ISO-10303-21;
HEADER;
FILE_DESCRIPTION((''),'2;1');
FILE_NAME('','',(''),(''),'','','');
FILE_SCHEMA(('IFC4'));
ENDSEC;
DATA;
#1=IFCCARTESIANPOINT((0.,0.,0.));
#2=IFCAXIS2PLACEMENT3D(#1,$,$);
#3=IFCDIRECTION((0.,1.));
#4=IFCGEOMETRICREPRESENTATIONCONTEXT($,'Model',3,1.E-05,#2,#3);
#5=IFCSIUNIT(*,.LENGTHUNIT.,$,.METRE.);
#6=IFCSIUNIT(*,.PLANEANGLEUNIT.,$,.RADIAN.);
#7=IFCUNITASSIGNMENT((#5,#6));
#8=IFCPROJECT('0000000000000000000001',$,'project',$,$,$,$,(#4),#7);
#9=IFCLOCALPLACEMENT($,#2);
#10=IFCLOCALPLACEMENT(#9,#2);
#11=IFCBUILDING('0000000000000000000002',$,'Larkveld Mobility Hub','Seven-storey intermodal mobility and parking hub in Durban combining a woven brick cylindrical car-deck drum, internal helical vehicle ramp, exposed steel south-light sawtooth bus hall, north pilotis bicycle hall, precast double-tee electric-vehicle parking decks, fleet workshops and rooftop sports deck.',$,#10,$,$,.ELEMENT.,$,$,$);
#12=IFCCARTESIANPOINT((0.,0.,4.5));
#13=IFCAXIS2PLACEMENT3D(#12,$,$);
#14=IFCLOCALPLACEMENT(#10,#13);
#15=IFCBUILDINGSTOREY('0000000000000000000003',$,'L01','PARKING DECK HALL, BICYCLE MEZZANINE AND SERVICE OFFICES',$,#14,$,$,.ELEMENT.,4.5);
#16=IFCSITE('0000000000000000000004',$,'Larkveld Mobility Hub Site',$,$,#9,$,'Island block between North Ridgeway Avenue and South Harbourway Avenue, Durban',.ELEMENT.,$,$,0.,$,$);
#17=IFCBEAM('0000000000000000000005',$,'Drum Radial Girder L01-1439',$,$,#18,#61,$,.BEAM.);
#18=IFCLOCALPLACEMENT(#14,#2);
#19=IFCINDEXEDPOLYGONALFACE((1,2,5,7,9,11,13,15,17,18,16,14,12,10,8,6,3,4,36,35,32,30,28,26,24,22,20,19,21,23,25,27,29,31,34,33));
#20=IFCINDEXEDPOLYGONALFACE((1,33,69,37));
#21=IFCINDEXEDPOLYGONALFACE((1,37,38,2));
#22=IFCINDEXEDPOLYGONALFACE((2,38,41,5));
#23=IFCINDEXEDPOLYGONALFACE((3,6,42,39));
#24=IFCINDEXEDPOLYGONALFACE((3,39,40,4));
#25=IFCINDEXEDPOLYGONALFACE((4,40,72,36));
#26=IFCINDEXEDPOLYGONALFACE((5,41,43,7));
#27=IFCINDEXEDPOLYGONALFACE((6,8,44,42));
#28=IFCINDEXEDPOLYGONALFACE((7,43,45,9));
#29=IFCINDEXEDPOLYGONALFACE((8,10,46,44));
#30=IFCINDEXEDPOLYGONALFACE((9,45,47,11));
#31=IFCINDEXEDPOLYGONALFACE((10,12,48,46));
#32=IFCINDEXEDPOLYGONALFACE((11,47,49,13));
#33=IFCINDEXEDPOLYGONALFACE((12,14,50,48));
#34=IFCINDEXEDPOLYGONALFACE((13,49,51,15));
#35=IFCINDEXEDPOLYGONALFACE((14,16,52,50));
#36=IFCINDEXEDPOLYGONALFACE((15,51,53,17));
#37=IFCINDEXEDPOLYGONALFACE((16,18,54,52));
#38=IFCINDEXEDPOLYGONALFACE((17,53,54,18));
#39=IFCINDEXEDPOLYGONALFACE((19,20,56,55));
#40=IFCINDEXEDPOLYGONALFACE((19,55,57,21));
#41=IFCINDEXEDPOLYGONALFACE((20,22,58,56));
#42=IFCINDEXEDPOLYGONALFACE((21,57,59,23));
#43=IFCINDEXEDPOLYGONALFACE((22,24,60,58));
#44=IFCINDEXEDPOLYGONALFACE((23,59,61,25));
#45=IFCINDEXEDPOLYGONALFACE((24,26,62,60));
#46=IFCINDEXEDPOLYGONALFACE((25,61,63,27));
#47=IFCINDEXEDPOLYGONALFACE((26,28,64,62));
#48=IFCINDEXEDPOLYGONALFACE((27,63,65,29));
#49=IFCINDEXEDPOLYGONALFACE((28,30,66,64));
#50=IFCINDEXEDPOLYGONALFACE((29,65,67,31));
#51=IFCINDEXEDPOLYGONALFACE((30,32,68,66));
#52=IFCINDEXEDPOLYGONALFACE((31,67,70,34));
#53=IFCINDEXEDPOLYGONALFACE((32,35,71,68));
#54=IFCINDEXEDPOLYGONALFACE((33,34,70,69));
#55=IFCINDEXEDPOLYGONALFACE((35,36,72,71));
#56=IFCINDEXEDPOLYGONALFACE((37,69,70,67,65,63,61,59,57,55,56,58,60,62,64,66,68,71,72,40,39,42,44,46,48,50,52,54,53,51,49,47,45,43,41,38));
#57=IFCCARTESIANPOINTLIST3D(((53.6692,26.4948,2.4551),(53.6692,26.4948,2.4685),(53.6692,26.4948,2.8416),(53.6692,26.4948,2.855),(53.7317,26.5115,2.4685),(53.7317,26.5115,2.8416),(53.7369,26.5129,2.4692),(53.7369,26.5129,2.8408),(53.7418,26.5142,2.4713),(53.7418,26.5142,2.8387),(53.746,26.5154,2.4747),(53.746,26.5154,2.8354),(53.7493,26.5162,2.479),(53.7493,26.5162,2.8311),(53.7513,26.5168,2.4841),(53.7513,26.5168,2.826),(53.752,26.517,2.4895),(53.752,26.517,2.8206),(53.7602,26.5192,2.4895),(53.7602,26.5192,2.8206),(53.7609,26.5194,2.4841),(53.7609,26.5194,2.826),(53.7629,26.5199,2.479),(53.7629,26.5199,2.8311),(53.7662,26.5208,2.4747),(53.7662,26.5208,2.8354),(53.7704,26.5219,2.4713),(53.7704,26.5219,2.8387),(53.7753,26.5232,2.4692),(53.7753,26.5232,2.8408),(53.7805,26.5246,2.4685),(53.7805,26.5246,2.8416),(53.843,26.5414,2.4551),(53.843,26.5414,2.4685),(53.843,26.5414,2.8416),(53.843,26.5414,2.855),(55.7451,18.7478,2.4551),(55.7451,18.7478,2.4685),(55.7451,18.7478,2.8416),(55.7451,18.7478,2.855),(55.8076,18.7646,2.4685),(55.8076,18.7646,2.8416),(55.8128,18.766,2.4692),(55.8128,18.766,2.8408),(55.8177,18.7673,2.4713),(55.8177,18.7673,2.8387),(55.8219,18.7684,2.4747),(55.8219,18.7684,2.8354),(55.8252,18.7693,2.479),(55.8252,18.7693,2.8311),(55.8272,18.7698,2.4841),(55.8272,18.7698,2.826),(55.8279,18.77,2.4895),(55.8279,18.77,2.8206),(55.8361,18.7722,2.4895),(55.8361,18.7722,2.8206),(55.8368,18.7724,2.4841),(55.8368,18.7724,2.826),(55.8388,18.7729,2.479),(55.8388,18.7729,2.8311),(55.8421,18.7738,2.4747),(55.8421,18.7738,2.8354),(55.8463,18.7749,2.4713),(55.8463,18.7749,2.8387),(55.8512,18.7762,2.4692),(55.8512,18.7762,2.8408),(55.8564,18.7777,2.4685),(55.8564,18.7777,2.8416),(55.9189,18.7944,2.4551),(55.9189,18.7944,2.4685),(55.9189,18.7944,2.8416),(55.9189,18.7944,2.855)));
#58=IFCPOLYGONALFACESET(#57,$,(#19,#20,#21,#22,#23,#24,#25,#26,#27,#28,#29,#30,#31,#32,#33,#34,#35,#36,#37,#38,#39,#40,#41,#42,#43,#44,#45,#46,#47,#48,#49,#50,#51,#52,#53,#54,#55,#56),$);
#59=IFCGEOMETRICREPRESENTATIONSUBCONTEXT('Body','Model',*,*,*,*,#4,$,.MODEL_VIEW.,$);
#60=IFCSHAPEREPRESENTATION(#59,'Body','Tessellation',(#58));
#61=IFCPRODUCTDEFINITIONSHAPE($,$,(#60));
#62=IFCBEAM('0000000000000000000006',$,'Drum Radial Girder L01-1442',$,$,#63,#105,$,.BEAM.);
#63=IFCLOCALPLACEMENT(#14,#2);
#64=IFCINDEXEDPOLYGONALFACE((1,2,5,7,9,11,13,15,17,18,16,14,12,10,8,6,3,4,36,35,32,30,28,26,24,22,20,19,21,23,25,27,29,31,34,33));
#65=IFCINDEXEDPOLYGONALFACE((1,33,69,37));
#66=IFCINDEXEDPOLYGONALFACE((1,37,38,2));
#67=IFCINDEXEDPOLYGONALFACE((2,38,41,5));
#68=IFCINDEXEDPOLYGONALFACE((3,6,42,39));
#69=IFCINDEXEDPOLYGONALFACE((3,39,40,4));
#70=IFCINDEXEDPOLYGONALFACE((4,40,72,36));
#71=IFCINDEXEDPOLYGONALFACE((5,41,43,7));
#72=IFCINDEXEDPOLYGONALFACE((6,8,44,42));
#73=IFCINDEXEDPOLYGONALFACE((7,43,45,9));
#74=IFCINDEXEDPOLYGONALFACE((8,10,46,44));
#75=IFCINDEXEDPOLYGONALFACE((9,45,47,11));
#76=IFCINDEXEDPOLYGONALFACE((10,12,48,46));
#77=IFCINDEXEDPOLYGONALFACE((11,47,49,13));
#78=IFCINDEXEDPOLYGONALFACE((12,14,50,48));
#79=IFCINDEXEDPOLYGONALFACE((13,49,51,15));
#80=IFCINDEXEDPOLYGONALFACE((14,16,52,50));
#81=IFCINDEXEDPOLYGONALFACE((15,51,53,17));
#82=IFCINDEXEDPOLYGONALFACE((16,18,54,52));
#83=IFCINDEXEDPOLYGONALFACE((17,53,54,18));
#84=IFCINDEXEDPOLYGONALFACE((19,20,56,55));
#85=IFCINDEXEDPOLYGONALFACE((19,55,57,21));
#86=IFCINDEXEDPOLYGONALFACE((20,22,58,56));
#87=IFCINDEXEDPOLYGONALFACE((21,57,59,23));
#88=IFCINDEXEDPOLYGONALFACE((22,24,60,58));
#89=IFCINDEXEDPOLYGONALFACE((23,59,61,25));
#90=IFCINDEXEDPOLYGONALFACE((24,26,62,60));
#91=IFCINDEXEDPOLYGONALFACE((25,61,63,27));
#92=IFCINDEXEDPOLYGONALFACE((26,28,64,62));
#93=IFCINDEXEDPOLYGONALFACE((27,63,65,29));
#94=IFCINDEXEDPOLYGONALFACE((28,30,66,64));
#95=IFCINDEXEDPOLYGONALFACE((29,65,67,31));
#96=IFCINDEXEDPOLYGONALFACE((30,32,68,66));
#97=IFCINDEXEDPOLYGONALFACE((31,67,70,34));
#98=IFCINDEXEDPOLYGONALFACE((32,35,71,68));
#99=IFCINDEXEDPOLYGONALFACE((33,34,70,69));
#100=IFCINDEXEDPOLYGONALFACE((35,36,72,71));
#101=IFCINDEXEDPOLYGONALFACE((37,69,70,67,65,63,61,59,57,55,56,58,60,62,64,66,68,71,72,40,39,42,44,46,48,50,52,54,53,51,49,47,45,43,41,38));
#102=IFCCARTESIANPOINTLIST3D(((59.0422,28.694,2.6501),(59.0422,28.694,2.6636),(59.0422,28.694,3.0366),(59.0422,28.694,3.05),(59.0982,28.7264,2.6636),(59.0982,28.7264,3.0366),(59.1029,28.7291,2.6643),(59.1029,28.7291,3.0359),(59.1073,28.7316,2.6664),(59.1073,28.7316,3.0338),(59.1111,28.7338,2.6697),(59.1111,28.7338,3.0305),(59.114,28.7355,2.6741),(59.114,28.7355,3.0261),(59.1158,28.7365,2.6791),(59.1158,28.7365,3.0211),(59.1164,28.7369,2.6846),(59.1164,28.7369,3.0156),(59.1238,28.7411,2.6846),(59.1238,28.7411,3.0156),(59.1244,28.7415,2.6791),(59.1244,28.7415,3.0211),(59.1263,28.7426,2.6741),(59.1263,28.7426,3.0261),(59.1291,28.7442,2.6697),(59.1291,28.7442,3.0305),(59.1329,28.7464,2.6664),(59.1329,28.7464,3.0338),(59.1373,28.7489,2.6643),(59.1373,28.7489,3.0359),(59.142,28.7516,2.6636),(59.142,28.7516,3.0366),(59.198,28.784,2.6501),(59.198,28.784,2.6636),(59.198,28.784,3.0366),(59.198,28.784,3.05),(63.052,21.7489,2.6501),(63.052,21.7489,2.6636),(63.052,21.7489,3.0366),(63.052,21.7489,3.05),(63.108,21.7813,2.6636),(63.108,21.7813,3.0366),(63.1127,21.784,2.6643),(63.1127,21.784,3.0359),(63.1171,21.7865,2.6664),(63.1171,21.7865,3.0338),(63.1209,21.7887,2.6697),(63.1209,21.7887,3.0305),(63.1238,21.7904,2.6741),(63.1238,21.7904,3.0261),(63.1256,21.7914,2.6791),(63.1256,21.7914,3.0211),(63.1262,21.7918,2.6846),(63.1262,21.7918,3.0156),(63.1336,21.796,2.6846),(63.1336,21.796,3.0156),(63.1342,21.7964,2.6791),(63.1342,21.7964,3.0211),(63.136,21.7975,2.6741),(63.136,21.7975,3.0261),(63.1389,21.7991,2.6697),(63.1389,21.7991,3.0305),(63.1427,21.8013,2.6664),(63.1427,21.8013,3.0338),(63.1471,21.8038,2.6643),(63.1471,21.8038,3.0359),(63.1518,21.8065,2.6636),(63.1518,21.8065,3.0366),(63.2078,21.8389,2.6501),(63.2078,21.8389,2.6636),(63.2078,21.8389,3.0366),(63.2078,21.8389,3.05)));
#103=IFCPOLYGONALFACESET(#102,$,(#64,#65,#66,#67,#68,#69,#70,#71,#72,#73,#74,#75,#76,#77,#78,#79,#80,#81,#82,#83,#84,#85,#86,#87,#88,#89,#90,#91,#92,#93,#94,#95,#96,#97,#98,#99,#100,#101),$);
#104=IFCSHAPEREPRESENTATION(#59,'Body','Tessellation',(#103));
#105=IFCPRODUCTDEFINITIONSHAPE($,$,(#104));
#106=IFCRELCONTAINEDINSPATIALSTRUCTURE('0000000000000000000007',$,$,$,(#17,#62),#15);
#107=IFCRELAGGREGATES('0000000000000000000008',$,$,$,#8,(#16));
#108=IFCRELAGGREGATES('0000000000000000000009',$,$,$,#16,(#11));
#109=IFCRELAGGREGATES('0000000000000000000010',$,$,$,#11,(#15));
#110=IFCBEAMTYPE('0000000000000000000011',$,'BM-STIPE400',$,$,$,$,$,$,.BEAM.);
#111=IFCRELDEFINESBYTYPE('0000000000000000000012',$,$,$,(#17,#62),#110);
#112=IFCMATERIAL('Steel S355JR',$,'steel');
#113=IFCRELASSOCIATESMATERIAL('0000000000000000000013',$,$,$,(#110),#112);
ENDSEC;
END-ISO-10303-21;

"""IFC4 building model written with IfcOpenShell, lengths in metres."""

from ifc_helpers import new_model, si_unit, direction, frame, origin, origin_2d, place, context, subcontext, project, spatial, i_section, extrude, material, material_profile, profile_set, type_object, element, save


model = new_model("IFC4")

# Units and contexts
model_context = context("Model", 3, precision=1e-05, world=origin(), true_north=direction((0.0, 1.0)))
body_context = subcontext(model_context, "Body", "Model", "MODEL_VIEW")
ifc_project = project(units=[si_unit("LENGTHUNIT", "METRE"), si_unit("PLANEANGLEUNIT", "RADIAN")], contexts=[model_context])

# Site, building, storey
site_placement = place(None, origin())
site = spatial("IfcSite", under=ifc_project, at=site_placement, Name="Larkveld Mobility Hub Site", LongName="Island block between North Ridgeway Avenue and South Harbourway Avenue, Durban", CompositionType="ELEMENT", RefElevation=0.0)
building_placement = place(site_placement, origin())
building = spatial("IfcBuilding", under=site, at=building_placement, Name="Larkveld Mobility Hub", Description="Seven-storey intermodal mobility and parking hub in Durban combining a woven brick cylindrical car-deck drum, internal helical vehicle ramp, exposed steel south-light sawtooth bus hall, north pilotis bicycle hall, precast double-tee electric-vehicle parking decks, fleet workshops and rooftop sports deck.", CompositionType="ELEMENT")
storey_placement = place(building_placement, frame((0.0, 0.0, 4.5)))
storey = spatial("IfcBuildingStorey", under=building, at=storey_placement, Name="L01", Description="PARKING DECK HALL, BICYCLE MEZZANINE AND SERVICE OFFICES", CompositionType="ELEMENT", Elevation=4.5)

# Beams
ifc_material_1 = material(Name="Steel S355JR", Category="steel")
ifc_material_profile_1 = material_profile(ifc_material_1, i_section(OverallWidth=0.1799, OverallDepth=0.3999, WebThickness=0.0085, FlangeThickness=0.0134, FilletRadius=0.021, at=origin_2d()), Name="IPE 400")
ifc_profile_set_1 = profile_set([ifc_material_profile_1], Name="Steel S355JR")
beam_type_1 = type_object("IfcBeamType", Name="BM-STIPE400", PredefinedType="BEAM", material=ifc_profile_set_1)
beam_1_placement = place(storey_placement, frame((53.7561, 26.5181, 2.655), z_axis=(0.258831, -0.965923, 0.0), x_axis=(0.965923, 0.258831, 0.0)))
element("IfcBeam", 1, at=beam_1_placement, inside=storey, type_object=beam_type_1, Name="Drum Radial Girder L01-1439", PredefinedType="BEAM", context=body_context, shape_type="SweptSolid", body=[
    extrude(i_section(OverallWidth=0.1799, OverallDepth=0.3999, WebThickness=0.0085, FlangeThickness=0.0134, FilletRadius=0.021, at=origin_2d()), origin(), (0.0, 0.0, 1.0), 8.0203),
])
beam_2_placement = place(storey_placement, frame((59.1201, 28.739, 2.8501), z_axis=(0.500003, -0.866024, 0.0), x_axis=(0.866024, 0.500003, 0.0)))
element("IfcBeam", 2, at=beam_2_placement, inside=storey, type_object=beam_type_1, Name="Drum Radial Girder L01-1442", PredefinedType="BEAM", context=body_context, shape_type="SweptSolid", body=[
    extrude(i_section(OverallWidth=0.1799, OverallDepth=0.3999, WebThickness=0.0085, FlangeThickness=0.0134, FilletRadius=0.021, at=origin_2d()), origin(), (0.0, 0.0, 1.0), 8.0195),
])

save(model, "model.ifc")
